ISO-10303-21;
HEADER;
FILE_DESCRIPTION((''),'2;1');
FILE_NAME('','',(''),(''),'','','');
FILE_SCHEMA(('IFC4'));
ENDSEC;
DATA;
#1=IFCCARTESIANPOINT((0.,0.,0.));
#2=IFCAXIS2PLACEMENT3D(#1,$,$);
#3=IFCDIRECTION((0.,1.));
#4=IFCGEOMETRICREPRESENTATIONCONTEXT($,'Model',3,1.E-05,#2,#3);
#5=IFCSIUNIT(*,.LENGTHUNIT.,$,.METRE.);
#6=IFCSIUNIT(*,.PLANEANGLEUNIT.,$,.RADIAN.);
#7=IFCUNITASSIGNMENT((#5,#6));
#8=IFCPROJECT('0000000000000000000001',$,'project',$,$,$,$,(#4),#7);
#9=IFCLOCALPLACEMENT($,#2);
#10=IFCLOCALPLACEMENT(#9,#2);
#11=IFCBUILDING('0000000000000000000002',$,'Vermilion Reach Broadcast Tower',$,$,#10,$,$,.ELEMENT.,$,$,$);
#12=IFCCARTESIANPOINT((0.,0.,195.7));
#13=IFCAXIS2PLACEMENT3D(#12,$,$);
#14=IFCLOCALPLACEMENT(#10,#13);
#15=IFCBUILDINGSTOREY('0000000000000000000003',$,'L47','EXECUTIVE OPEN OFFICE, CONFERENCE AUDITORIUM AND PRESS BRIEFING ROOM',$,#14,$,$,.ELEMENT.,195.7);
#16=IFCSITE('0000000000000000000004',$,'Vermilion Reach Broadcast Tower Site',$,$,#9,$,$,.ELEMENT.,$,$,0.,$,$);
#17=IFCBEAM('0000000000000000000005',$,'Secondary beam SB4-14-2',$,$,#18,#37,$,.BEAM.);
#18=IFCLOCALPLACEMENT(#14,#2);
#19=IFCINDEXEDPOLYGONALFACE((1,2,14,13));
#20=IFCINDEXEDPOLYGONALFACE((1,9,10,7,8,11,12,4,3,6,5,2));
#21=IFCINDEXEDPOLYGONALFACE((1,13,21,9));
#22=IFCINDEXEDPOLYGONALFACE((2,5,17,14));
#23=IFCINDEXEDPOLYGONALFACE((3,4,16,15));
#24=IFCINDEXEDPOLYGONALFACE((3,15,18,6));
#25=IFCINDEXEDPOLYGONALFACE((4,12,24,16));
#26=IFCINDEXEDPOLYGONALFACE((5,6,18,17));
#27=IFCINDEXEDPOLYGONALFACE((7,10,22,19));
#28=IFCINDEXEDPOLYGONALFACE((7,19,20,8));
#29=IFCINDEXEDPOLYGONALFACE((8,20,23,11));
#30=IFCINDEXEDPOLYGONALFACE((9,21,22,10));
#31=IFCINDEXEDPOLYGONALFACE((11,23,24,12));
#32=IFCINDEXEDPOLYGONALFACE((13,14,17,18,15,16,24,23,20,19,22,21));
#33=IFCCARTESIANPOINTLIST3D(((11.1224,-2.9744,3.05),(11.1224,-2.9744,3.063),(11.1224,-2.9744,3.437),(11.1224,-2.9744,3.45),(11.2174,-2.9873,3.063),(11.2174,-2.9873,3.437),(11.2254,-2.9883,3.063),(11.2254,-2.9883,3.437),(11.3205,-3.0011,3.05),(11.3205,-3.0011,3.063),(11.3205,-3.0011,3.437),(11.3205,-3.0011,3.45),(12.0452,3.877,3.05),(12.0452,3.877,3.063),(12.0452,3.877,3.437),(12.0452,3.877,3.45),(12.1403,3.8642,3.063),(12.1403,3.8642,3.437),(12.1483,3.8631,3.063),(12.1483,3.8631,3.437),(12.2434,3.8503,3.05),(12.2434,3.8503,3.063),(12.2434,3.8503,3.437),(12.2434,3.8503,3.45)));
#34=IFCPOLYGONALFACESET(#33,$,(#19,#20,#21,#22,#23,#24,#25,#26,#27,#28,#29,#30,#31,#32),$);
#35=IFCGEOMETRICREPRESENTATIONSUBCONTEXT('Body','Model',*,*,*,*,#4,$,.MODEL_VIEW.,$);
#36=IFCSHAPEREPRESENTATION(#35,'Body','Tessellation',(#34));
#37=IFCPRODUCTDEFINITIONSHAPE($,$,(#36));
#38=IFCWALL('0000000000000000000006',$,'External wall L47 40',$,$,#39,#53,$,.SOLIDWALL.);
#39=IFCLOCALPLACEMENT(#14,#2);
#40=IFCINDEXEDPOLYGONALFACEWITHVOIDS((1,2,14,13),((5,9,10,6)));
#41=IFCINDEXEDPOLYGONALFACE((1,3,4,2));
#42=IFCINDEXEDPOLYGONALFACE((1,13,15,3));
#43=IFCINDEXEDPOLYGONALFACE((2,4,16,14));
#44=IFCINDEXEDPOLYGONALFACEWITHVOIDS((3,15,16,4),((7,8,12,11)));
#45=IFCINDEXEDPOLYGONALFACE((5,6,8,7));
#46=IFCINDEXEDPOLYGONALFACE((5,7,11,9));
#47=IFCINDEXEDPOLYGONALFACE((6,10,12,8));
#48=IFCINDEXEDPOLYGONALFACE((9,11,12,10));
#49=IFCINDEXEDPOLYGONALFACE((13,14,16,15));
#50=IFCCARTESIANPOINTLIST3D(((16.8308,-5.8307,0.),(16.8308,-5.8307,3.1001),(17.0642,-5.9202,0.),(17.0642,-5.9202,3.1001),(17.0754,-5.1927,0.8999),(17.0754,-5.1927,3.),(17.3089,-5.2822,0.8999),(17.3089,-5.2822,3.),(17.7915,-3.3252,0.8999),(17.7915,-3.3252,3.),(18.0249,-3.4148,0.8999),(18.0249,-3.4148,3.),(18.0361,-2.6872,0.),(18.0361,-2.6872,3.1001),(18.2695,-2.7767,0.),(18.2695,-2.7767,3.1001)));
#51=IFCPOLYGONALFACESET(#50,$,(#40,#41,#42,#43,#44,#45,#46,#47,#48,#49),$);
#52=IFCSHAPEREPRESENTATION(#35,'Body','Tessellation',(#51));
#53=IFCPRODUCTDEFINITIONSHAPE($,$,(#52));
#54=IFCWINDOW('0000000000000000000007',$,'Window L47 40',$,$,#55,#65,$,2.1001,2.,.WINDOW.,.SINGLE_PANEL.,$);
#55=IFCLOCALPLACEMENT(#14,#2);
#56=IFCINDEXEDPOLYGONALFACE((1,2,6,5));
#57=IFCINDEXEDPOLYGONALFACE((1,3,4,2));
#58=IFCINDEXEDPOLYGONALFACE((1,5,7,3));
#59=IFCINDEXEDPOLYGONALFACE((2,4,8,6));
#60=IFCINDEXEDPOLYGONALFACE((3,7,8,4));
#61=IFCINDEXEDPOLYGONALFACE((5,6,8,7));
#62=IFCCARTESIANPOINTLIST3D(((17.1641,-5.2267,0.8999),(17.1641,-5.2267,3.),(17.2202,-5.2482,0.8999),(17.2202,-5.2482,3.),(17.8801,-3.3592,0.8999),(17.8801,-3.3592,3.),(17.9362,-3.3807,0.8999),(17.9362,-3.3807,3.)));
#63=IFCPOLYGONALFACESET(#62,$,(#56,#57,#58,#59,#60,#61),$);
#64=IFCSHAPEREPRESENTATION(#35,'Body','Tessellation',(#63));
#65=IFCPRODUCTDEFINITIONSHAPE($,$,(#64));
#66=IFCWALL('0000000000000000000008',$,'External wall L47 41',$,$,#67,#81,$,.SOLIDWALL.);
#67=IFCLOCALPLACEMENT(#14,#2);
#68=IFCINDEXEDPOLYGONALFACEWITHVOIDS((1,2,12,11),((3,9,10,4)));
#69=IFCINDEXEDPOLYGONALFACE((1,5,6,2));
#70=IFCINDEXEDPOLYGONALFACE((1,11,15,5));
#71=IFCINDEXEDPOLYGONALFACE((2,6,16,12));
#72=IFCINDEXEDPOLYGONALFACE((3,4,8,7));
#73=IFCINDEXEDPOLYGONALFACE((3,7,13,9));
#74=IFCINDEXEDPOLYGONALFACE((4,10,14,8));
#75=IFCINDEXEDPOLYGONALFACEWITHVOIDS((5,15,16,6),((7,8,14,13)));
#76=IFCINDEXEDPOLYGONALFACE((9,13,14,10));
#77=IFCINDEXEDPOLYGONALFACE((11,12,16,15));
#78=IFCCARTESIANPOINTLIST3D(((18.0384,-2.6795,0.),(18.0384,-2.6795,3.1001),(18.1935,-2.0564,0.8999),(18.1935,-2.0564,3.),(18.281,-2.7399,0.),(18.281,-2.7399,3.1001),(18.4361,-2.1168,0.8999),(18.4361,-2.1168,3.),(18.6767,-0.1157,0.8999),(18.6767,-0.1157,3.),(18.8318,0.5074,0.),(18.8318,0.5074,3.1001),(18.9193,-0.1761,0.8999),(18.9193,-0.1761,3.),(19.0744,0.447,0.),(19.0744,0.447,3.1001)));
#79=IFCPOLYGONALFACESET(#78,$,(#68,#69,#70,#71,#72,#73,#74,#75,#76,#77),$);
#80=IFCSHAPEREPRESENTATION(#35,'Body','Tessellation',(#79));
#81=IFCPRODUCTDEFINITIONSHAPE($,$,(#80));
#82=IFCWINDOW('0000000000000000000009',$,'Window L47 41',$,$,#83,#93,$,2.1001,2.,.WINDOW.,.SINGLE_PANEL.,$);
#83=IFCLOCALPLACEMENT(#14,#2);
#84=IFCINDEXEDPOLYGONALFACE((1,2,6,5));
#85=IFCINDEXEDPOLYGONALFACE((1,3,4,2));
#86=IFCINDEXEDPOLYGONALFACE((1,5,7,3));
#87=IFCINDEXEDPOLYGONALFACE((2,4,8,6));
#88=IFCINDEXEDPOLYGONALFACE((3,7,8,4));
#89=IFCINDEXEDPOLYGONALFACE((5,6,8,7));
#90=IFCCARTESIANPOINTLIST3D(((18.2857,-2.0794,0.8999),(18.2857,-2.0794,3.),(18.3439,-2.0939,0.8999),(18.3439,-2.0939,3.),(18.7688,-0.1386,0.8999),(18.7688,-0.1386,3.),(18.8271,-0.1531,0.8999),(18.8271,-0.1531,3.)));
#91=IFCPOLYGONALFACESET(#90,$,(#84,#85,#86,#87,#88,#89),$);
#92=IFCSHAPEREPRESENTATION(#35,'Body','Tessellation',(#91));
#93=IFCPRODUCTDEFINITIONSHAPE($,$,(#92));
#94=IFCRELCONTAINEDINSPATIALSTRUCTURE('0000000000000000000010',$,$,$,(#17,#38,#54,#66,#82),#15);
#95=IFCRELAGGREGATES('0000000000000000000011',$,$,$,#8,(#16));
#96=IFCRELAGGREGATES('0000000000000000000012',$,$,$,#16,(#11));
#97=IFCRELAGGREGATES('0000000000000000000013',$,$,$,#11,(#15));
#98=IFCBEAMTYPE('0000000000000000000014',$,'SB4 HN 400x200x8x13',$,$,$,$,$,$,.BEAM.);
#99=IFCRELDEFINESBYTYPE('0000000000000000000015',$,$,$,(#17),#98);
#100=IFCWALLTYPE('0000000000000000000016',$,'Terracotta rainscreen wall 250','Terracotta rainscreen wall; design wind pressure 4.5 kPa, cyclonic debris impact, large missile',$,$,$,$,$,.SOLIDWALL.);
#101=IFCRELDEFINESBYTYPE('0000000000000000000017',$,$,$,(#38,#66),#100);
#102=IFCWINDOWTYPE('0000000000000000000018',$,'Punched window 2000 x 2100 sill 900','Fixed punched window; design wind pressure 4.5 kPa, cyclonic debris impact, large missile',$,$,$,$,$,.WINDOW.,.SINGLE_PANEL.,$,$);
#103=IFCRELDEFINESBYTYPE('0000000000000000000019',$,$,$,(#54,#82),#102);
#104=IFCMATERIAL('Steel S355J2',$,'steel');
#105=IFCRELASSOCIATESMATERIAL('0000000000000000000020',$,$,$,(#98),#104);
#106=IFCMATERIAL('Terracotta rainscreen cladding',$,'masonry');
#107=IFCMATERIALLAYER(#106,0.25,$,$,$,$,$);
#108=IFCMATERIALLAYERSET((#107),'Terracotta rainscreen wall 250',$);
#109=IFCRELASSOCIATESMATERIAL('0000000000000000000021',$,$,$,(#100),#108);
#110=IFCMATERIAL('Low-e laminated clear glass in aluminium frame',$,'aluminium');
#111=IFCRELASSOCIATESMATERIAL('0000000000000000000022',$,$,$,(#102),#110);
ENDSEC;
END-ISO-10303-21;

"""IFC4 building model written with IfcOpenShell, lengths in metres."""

from ifc_helpers import new_model, si_unit, direction, frame, frame_2d, origin, origin_2d, place, context, subcontext, project, spatial, rectangle, i_section, extrude, material, layer, layer_set, material_profile, profile_set, type_object, element, fill, save


model = new_model("IFC4")

# Units and contexts
model_context = context("Model", 3, precision=1e-05, world=origin(), true_north=direction((0.0, 1.0)))
body_context = subcontext(model_context, "Body", "Model", "MODEL_VIEW")
ifc_project = project(units=[si_unit("LENGTHUNIT", "METRE"), si_unit("PLANEANGLEUNIT", "RADIAN")], contexts=[model_context])

# Site, building, storey
site_placement = place(None, origin())
site = spatial("IfcSite", under=ifc_project, at=site_placement, Name="Vermilion Reach Broadcast Tower Site", CompositionType="ELEMENT", RefElevation=0.0)
building_placement = place(site_placement, origin())
building = spatial("IfcBuilding", under=site, at=building_placement, Name="Vermilion Reach Broadcast Tower", CompositionType="ELEMENT")
storey_placement = place(building_placement, frame((0.0, 0.0, 195.7)))
storey = spatial("IfcBuildingStorey", under=building, at=storey_placement, Name="L47", Description="EXECUTIVE OPEN OFFICE, CONFERENCE AUDITORIUM AND PRESS BRIEFING ROOM", CompositionType="ELEMENT", Elevation=195.7)

# Beam
ifc_material_1 = material(Name="Steel S355J2", Category="steel")
ifc_material_profile_1 = material_profile(ifc_material_1, i_section(OverallWidth=0.2, OverallDepth=0.3999, WebThickness=0.0081, FlangeThickness=0.0129, at=origin_2d()), Name="S355J2 HN 400x200x8x13")
ifc_profile_set_1 = profile_set([ifc_material_profile_1], Name="Steel S355J2")
beam_type_1 = type_object("IfcBeamType", Name="SB4 HN 400x200x8x13", PredefinedType="BEAM", material=ifc_profile_set_1)
beam_1_placement = place(storey_placement, frame((11.2214, -2.9878, 3.25), z_axis=(0.133487, 0.991051, 0.0), x_axis=(-0.991051, 0.133487, 0.0)))
element("IfcBeam", 1, at=beam_1_placement, inside=storey, type_object=beam_type_1, Name="Secondary beam SB4-14-2", PredefinedType="BEAM", context=body_context, shape_type="SweptSolid", body=[
    extrude(i_section(OverallWidth=0.2, OverallDepth=0.3999, WebThickness=0.0081, FlangeThickness=0.0129, at=origin_2d()), origin(), (0.0, 0.0, 1.0), 6.9133),
])

# Shared definitions
ifc_material_2 = material(Name="Terracotta rainscreen cladding", Category="masonry")
ifc_layer = layer(ifc_material_2, 0.25)
ifc_layer_set = layer_set([ifc_layer], Name="Terracotta rainscreen wall 250")
wall_type = type_object("IfcWallType", Name="Terracotta rainscreen wall 250", Description="Terracotta rainscreen wall; design wind pressure 4.5 kPa, cyclonic debris impact, large missile", PredefinedType="SOLIDWALL", material=ifc_layer_set)

# Walls, openings, windows
wall_1_placement = place(storey_placement, frame((16.9475, -5.8755, 0.0), z_axis=(0.0, 0.0, 1.0), x_axis=(0.358012, 0.933717, 0.0)))
wall_1 = element("IfcWall", 2, at=wall_1_placement, inside=storey, type_object=wall_type, Name="External wall L47 40", PredefinedType="SOLIDWALL", context=body_context, shape_type="SweptSolid", body=[
    extrude(rectangle(XDim=3.3667, YDim=0.25, at=frame_2d((1.6833, 0.0))), origin(), (0.0, 0.0, 1.0), 3.1001),
])
opening_1_placement = place(wall_1_placement, frame((0.6833, 0.0, 0.8999)))
opening_1 = element("IfcOpeningElement", 3, at=opening_1_placement, cuts=wall_1, PredefinedType="OPENING", context=body_context, shape_type="SweptSolid", body=[
    extrude(rectangle(XDim=2.0, YDim=2.1001, at=frame_2d((1.0, 1.05))), frame((0.0, 0.135, 0.0), z_axis=(0.0, -1.0, 0.0), x_axis=(1.0, 0.0, 0.0)), (0.0, 0.0, 1.0), 0.27),
])
ifc_material_3 = material(Name="Low-e laminated clear glass in aluminium frame", Category="aluminium")
window_type = type_object("IfcWindowType", Name="Punched window 2000 x 2100 sill 900", Description="Fixed punched window; design wind pressure 4.5 kPa, cyclonic debris impact, large missile", PartitioningType="SINGLE_PANEL", PredefinedType="WINDOW", material=ifc_material_3)
window_1_placement = place(opening_1_placement, origin())
window_1 = element("IfcWindow", 4, at=window_1_placement, inside=storey, type_object=window_type, Name="Window L47 40", OverallHeight=2.1001, OverallWidth=2.0, PartitioningType="SINGLE_PANEL", PredefinedType="WINDOW", context=body_context, shape_type="SweptSolid", body=[
    extrude(rectangle(XDim=2.0, YDim=2.1001, at=frame_2d((1.0, 1.05))), frame((0.0, 0.03, 0.0), z_axis=(0.0, -1.0, 0.0), x_axis=(1.0, 0.0, 0.0)), (0.0, 0.0, 1.0), 0.0601),
])
fill(opening_1, window_1)
wall_2_placement = place(storey_placement, frame((18.1597, -2.7097, 0.0), z_axis=(0.0, 0.0, 1.0), x_axis=(0.241591, 0.970378, 0.0)))
wall_2 = element("IfcWall", 5, at=wall_2_placement, inside=storey, type_object=wall_type, Name="External wall L47 41", PredefinedType="SOLIDWALL", context=body_context, shape_type="SweptSolid", body=[
    extrude(rectangle(XDim=3.2842, YDim=0.25, at=frame_2d((1.6421, 0.0))), origin(), (0.0, 0.0, 1.0), 3.1001),
])
opening_2_placement = place(wall_2_placement, frame((0.6421, 0.0, 0.8999)))
opening_2 = element("IfcOpeningElement", 6, at=opening_2_placement, cuts=wall_2, PredefinedType="OPENING", context=body_context, shape_type="SweptSolid", body=[
    extrude(rectangle(XDim=2.0, YDim=2.1001, at=frame_2d((1.0, 1.05))), frame((0.0, 0.135, 0.0), z_axis=(0.0, -1.0, 0.0), x_axis=(1.0, 0.0, 0.0)), (0.0, 0.0, 1.0), 0.27),
])
window_2_placement = place(opening_2_placement, origin())
window_2 = element("IfcWindow", 7, at=window_2_placement, inside=storey, type_object=window_type, Name="Window L47 41", OverallHeight=2.1001, OverallWidth=2.0, PartitioningType="SINGLE_PANEL", PredefinedType="WINDOW", context=body_context, shape_type="SweptSolid", body=[
    extrude(rectangle(XDim=2.0, YDim=2.1001, at=frame_2d((1.0, 1.05))), frame((0.0, 0.03, 0.0), z_axis=(0.0, -1.0, 0.0), x_axis=(1.0, 0.0, 0.0)), (0.0, 0.0, 1.0), 0.0601),
])
fill(opening_2, window_2)

save(model, "model.ifc")
